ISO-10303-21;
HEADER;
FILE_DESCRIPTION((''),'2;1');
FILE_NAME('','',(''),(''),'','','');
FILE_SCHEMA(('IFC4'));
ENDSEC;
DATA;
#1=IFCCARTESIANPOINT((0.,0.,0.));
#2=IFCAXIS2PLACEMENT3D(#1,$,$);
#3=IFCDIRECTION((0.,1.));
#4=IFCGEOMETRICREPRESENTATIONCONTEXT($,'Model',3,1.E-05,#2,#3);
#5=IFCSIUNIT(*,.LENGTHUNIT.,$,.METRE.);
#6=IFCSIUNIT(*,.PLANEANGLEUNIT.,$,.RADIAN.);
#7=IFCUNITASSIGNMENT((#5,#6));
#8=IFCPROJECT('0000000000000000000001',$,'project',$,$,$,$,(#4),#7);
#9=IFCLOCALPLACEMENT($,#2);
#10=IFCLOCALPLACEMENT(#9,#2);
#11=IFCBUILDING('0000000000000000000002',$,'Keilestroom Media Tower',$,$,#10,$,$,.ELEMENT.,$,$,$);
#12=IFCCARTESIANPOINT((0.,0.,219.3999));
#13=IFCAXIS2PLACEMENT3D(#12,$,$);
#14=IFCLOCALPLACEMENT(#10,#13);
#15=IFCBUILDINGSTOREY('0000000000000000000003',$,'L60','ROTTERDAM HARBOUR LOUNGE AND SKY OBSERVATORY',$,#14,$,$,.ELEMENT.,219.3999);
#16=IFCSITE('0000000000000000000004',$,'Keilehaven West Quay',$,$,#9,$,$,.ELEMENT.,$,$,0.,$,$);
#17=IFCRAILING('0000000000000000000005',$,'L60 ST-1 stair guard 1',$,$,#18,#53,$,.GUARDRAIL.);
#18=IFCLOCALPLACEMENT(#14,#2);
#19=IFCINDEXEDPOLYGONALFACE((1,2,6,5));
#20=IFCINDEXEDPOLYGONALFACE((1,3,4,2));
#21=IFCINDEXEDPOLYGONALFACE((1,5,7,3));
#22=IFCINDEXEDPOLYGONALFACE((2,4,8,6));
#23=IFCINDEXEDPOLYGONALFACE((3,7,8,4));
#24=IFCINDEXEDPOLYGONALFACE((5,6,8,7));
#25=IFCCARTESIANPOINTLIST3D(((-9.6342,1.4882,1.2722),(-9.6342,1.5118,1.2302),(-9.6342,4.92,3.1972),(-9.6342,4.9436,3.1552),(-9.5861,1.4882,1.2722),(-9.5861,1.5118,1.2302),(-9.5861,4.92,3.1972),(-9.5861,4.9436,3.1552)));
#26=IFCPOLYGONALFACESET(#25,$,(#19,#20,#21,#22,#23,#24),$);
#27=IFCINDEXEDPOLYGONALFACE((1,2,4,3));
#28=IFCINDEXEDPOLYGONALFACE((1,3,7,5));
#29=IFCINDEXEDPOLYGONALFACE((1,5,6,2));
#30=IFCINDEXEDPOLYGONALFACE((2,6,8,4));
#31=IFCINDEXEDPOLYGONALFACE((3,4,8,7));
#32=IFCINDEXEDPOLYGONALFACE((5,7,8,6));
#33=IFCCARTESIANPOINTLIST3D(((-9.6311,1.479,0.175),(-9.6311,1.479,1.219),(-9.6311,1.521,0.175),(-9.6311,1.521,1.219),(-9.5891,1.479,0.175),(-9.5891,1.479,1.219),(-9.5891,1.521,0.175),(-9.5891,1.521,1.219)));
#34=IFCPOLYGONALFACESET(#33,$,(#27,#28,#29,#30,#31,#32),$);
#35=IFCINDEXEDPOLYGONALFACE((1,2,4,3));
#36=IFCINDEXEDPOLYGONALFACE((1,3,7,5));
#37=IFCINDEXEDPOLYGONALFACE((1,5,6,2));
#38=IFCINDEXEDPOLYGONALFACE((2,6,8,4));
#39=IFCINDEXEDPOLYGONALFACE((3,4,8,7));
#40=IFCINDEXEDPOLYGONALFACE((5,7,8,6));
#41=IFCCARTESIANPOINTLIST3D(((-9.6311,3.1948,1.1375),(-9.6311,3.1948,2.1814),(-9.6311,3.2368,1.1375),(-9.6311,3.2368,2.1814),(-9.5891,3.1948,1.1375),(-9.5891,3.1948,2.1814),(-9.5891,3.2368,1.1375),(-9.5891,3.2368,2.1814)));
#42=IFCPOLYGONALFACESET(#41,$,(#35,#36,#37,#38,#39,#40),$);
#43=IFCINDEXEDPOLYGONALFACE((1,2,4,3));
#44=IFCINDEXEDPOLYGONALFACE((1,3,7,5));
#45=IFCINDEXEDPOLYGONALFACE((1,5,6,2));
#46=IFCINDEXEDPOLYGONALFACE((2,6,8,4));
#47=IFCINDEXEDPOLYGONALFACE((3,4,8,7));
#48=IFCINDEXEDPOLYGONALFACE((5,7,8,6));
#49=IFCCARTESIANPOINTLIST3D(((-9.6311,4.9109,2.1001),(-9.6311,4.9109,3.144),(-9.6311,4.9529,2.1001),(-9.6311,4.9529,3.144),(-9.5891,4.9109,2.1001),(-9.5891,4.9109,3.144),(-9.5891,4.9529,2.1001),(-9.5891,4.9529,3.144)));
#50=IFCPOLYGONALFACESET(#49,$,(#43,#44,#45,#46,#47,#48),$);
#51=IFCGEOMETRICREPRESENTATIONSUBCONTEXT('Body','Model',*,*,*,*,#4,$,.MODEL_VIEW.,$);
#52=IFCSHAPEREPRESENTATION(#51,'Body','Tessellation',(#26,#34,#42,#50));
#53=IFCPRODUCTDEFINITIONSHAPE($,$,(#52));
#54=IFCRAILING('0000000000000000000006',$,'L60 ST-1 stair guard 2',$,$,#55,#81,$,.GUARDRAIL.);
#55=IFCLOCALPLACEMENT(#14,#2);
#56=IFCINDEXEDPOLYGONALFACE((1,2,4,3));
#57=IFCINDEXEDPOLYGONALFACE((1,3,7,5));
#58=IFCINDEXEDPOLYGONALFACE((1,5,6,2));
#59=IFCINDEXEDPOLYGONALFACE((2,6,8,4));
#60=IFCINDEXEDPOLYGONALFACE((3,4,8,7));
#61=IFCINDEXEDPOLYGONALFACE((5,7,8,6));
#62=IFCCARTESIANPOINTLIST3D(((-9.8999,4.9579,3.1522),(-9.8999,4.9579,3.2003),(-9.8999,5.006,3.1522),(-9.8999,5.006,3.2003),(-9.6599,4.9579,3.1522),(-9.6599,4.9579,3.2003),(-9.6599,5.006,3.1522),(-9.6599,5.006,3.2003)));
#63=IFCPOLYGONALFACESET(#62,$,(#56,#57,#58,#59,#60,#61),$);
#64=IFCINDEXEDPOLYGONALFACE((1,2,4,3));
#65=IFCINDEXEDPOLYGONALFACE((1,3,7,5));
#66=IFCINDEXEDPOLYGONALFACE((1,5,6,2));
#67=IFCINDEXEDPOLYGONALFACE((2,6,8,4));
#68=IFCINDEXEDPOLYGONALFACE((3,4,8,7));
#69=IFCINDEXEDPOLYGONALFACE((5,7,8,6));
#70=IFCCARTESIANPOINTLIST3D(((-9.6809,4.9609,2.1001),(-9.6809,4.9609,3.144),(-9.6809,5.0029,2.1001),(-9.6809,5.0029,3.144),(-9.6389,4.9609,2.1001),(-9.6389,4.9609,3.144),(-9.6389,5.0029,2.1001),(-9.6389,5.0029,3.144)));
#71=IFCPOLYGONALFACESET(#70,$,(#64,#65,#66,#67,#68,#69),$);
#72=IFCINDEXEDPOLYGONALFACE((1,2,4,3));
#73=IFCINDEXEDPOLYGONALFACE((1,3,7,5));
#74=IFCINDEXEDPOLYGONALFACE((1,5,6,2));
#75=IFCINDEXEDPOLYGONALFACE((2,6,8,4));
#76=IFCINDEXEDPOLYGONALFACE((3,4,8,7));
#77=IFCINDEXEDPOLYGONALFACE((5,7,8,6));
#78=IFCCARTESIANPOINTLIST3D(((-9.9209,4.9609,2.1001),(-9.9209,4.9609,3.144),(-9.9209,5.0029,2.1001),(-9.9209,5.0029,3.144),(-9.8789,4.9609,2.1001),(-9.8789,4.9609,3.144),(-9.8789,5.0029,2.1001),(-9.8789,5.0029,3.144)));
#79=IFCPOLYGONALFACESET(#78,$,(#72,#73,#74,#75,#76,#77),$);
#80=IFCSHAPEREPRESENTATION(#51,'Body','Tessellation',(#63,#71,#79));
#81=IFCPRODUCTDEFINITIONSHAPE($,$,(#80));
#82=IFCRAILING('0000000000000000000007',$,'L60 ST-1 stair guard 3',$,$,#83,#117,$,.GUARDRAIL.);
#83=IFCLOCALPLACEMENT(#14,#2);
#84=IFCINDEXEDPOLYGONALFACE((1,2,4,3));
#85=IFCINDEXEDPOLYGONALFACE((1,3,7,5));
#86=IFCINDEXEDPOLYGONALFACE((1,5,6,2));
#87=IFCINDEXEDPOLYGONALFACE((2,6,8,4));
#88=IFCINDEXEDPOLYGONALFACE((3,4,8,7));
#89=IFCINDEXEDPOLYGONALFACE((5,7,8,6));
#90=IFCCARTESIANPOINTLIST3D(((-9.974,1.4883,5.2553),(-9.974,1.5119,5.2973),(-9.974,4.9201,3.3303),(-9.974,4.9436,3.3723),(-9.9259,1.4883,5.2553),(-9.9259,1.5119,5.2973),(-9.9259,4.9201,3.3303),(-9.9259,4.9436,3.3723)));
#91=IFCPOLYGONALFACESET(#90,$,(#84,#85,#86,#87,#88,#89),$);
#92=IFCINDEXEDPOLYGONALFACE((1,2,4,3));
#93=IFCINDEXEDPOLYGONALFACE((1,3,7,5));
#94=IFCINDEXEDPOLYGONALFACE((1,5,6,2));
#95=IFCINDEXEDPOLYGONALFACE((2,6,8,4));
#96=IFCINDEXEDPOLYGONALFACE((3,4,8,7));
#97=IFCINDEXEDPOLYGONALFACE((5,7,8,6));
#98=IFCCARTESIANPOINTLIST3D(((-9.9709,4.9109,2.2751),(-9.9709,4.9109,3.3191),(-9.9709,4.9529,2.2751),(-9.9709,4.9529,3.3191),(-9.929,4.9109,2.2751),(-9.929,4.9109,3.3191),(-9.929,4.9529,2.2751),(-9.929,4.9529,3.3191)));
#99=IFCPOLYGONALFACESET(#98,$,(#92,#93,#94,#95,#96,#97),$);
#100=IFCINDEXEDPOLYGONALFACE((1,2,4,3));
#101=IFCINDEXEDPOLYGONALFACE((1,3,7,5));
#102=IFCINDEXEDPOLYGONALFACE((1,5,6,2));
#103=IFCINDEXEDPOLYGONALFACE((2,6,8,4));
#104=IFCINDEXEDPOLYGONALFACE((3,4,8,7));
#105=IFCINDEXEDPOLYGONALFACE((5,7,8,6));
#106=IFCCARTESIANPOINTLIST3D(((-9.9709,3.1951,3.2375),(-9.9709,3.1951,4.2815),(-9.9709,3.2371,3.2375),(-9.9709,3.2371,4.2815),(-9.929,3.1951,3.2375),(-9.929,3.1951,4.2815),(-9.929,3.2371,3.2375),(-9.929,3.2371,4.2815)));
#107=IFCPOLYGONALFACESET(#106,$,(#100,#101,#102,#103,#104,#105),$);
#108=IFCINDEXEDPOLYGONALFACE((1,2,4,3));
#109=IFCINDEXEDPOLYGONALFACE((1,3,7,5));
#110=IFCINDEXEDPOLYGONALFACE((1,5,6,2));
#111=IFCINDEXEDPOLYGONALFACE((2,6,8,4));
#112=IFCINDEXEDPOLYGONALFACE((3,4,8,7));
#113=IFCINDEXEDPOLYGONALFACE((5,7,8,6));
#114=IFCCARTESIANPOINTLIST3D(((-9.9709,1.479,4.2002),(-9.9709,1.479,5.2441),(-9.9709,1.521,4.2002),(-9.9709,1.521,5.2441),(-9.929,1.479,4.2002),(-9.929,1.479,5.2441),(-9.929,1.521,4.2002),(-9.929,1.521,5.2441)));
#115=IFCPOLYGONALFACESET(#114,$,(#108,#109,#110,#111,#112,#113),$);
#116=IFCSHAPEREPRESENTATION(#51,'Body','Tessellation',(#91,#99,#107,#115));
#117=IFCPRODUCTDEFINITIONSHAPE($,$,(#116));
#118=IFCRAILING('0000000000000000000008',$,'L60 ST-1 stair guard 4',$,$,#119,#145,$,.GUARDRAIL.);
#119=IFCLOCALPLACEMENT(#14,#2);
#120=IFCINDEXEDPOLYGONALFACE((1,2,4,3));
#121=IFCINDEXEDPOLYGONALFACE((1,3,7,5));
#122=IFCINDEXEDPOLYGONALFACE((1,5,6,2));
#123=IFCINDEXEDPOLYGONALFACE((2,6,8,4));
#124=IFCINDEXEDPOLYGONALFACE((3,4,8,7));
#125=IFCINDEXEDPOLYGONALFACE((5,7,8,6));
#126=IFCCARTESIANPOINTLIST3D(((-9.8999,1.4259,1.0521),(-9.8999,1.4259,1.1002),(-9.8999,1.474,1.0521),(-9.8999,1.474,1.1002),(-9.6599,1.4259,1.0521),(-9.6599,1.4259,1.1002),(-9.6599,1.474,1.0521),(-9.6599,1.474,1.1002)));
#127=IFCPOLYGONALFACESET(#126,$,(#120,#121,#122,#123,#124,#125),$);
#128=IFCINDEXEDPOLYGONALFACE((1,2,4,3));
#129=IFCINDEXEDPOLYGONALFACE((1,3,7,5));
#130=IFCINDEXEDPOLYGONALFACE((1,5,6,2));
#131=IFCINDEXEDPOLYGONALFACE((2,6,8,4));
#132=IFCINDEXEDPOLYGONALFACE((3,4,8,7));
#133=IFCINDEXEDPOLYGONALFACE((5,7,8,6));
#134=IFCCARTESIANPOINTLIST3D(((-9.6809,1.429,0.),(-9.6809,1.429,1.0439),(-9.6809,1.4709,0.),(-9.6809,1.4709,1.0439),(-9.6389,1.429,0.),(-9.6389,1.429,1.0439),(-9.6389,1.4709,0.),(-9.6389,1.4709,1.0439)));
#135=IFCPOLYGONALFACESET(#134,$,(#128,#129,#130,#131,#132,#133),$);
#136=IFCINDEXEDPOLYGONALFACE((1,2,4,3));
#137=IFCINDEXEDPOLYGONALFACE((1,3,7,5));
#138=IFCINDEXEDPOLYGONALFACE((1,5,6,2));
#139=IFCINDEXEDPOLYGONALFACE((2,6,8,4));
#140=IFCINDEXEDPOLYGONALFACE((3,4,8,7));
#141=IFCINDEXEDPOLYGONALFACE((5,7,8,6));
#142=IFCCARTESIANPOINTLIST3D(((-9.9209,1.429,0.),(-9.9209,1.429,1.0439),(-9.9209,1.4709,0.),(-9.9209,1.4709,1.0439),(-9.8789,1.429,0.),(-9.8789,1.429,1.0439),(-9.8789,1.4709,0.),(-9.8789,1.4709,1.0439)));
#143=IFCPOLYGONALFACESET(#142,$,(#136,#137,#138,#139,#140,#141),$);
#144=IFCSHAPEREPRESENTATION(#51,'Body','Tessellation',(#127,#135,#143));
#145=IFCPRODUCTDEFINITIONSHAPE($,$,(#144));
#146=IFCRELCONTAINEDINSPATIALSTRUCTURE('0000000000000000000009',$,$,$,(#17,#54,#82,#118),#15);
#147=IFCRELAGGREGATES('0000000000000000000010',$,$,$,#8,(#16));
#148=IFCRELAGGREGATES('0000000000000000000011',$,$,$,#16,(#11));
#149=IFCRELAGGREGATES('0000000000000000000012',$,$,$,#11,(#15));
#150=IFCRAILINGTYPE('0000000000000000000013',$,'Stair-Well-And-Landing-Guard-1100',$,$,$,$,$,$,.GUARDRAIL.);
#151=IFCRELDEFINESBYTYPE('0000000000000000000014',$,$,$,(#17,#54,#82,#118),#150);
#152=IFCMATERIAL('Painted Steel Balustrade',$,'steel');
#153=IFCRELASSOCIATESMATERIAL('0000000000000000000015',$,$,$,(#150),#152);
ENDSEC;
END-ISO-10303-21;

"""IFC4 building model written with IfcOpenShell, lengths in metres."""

from ifc_helpers import new_model, si_unit, direction, frame, origin, origin_2d, place, context, subcontext, project, spatial, rectangle, extrude, material, type_object, element, save


model = new_model("IFC4")

# Units and contexts
model_context = context("Model", 3, precision=1e-05, world=origin(), true_north=direction((0.0, 1.0)))
body_context = subcontext(model_context, "Body", "Model", "MODEL_VIEW")
ifc_project = project(units=[si_unit("LENGTHUNIT", "METRE"), si_unit("PLANEANGLEUNIT", "RADIAN")], contexts=[model_context])

# Site, building, storey
site_placement = place(None, origin())
site = spatial("IfcSite", under=ifc_project, at=site_placement, Name="Keilehaven West Quay", CompositionType="ELEMENT", RefElevation=0.0)
building_placement = place(site_placement, origin())
building = spatial("IfcBuilding", under=site, at=building_placement, Name="Keilestroom Media Tower", CompositionType="ELEMENT")
storey_placement = place(building_placement, frame((0.0, 0.0, 219.3999)))
storey = spatial("IfcBuildingStorey", under=building, at=storey_placement, Name="L60", Description="ROTTERDAM HARBOUR LOUNGE AND SKY OBSERVATORY", CompositionType="ELEMENT", Elevation=219.3999)

# Railings
ifc_material_1 = material(Name="Painted Steel Balustrade", Category="steel")
railing_type_1 = type_object("IfcRailingType", Name="Stair-Well-And-Landing-Guard-1100", PredefinedType="GUARDRAIL", material=ifc_material_1)
railing_1_placement = place(storey_placement, frame((-9.6101, 1.5, 0.175)))
element("IfcRailing", 1, at=railing_1_placement, inside=storey, type_object=railing_type_1, Name="L60 ST-1 stair guard 1", PredefinedType="GUARDRAIL", context=body_context, shape_type="SweptSolid", body=[
    extrude(rectangle(XDim=0.0481, YDim=0.0481, at=origin_2d()), frame((0.0, 0.0, 1.0762), z_axis=(0.0, 0.87216, 0.489221), x_axis=(-1.0, 0.0, 0.0)), (0.0, 0.0, 1.0), 3.9348),
    extrude(rectangle(XDim=0.042, YDim=0.042, at=origin_2d()), origin(), (0.0, 0.0, 1.0), 1.0439),
    extrude(rectangle(XDim=0.042, YDim=0.042, at=origin_2d()), frame((0.0, 1.7158, 0.9624)), (0.0, 0.0, 1.0), 1.0439),
    extrude(rectangle(XDim=0.042, YDim=0.042, at=origin_2d()), frame((0.0, 3.4319, 1.925)), (0.0, 0.0, 1.0), 1.0439),
])
railing_2_placement = place(storey_placement, frame((-9.6599, 4.9819, 2.1001)))
element("IfcRailing", 2, at=railing_2_placement, inside=storey, type_object=railing_type_1, Name="L60 ST-1 stair guard 2", PredefinedType="GUARDRAIL", context=body_context, shape_type="SweptSolid", body=[
    extrude(rectangle(XDim=0.0481, YDim=0.0481, at=origin_2d()), frame((0.0, 0.0, 1.0762), z_axis=(-1.0, 0.0, 0.0), x_axis=(0.0, -1.0, 0.0)), (0.0, 0.0, 1.0), 0.24),
    extrude(rectangle(XDim=0.042, YDim=0.042, at=origin_2d()), origin(), (0.0, 0.0, 1.0), 1.0439),
    extrude(rectangle(XDim=0.042, YDim=0.042, at=origin_2d()), frame((-0.24, 0.0, 0.0)), (0.0, 0.0, 1.0), 1.0439),
])
railing_3_placement = place(storey_placement, frame((-9.95, 4.9319, 2.2751)))
element("IfcRailing", 3, at=railing_3_placement, inside=storey, type_object=railing_type_1, Name="L60 ST-1 stair guard 3", PredefinedType="GUARDRAIL", context=body_context, shape_type="SweptSolid", body=[
    extrude(rectangle(XDim=0.0481, YDim=0.0481, at=origin_2d()), frame((0.0, 0.0, 1.0762), z_axis=(0.0, -0.87216, 0.489221), x_axis=(1.0, 0.0, 0.0)), (0.0, 0.0, 1.0), 3.9348),
    extrude(rectangle(XDim=0.042, YDim=0.042, at=origin_2d()), origin(), (0.0, 0.0, 1.0), 1.0439),
    extrude(rectangle(XDim=0.042, YDim=0.042, at=origin_2d()), frame((0.0, -1.7158, 0.9624)), (0.0, 0.0, 1.0), 1.0439),
    extrude(rectangle(XDim=0.042, YDim=0.042, at=origin_2d()), frame((0.0, -3.4319, 1.925)), (0.0, 0.0, 1.0), 1.0439),
])
railing_4_placement = place(storey_placement, frame((-9.6599, 1.45, 0.0)))
element("IfcRailing", 4, at=railing_4_placement, inside=storey, type_object=railing_type_1, Name="L60 ST-1 stair guard 4", PredefinedType="GUARDRAIL", context=body_context, shape_type="SweptSolid", body=[
    extrude(rectangle(XDim=0.0481, YDim=0.0481, at=origin_2d()), frame((0.0, 0.0, 1.0762), z_axis=(-1.0, 0.0, 0.0), x_axis=(0.0, -1.0, 0.0)), (0.0, 0.0, 1.0), 0.24),
    extrude(rectangle(XDim=0.042, YDim=0.042, at=origin_2d()), origin(), (0.0, 0.0, 1.0), 1.0439),
    extrude(rectangle(XDim=0.042, YDim=0.042, at=origin_2d()), frame((-0.24, 0.0, 0.0)), (0.0, 0.0, 1.0), 1.0439),
])

save(model, "model.ifc")
